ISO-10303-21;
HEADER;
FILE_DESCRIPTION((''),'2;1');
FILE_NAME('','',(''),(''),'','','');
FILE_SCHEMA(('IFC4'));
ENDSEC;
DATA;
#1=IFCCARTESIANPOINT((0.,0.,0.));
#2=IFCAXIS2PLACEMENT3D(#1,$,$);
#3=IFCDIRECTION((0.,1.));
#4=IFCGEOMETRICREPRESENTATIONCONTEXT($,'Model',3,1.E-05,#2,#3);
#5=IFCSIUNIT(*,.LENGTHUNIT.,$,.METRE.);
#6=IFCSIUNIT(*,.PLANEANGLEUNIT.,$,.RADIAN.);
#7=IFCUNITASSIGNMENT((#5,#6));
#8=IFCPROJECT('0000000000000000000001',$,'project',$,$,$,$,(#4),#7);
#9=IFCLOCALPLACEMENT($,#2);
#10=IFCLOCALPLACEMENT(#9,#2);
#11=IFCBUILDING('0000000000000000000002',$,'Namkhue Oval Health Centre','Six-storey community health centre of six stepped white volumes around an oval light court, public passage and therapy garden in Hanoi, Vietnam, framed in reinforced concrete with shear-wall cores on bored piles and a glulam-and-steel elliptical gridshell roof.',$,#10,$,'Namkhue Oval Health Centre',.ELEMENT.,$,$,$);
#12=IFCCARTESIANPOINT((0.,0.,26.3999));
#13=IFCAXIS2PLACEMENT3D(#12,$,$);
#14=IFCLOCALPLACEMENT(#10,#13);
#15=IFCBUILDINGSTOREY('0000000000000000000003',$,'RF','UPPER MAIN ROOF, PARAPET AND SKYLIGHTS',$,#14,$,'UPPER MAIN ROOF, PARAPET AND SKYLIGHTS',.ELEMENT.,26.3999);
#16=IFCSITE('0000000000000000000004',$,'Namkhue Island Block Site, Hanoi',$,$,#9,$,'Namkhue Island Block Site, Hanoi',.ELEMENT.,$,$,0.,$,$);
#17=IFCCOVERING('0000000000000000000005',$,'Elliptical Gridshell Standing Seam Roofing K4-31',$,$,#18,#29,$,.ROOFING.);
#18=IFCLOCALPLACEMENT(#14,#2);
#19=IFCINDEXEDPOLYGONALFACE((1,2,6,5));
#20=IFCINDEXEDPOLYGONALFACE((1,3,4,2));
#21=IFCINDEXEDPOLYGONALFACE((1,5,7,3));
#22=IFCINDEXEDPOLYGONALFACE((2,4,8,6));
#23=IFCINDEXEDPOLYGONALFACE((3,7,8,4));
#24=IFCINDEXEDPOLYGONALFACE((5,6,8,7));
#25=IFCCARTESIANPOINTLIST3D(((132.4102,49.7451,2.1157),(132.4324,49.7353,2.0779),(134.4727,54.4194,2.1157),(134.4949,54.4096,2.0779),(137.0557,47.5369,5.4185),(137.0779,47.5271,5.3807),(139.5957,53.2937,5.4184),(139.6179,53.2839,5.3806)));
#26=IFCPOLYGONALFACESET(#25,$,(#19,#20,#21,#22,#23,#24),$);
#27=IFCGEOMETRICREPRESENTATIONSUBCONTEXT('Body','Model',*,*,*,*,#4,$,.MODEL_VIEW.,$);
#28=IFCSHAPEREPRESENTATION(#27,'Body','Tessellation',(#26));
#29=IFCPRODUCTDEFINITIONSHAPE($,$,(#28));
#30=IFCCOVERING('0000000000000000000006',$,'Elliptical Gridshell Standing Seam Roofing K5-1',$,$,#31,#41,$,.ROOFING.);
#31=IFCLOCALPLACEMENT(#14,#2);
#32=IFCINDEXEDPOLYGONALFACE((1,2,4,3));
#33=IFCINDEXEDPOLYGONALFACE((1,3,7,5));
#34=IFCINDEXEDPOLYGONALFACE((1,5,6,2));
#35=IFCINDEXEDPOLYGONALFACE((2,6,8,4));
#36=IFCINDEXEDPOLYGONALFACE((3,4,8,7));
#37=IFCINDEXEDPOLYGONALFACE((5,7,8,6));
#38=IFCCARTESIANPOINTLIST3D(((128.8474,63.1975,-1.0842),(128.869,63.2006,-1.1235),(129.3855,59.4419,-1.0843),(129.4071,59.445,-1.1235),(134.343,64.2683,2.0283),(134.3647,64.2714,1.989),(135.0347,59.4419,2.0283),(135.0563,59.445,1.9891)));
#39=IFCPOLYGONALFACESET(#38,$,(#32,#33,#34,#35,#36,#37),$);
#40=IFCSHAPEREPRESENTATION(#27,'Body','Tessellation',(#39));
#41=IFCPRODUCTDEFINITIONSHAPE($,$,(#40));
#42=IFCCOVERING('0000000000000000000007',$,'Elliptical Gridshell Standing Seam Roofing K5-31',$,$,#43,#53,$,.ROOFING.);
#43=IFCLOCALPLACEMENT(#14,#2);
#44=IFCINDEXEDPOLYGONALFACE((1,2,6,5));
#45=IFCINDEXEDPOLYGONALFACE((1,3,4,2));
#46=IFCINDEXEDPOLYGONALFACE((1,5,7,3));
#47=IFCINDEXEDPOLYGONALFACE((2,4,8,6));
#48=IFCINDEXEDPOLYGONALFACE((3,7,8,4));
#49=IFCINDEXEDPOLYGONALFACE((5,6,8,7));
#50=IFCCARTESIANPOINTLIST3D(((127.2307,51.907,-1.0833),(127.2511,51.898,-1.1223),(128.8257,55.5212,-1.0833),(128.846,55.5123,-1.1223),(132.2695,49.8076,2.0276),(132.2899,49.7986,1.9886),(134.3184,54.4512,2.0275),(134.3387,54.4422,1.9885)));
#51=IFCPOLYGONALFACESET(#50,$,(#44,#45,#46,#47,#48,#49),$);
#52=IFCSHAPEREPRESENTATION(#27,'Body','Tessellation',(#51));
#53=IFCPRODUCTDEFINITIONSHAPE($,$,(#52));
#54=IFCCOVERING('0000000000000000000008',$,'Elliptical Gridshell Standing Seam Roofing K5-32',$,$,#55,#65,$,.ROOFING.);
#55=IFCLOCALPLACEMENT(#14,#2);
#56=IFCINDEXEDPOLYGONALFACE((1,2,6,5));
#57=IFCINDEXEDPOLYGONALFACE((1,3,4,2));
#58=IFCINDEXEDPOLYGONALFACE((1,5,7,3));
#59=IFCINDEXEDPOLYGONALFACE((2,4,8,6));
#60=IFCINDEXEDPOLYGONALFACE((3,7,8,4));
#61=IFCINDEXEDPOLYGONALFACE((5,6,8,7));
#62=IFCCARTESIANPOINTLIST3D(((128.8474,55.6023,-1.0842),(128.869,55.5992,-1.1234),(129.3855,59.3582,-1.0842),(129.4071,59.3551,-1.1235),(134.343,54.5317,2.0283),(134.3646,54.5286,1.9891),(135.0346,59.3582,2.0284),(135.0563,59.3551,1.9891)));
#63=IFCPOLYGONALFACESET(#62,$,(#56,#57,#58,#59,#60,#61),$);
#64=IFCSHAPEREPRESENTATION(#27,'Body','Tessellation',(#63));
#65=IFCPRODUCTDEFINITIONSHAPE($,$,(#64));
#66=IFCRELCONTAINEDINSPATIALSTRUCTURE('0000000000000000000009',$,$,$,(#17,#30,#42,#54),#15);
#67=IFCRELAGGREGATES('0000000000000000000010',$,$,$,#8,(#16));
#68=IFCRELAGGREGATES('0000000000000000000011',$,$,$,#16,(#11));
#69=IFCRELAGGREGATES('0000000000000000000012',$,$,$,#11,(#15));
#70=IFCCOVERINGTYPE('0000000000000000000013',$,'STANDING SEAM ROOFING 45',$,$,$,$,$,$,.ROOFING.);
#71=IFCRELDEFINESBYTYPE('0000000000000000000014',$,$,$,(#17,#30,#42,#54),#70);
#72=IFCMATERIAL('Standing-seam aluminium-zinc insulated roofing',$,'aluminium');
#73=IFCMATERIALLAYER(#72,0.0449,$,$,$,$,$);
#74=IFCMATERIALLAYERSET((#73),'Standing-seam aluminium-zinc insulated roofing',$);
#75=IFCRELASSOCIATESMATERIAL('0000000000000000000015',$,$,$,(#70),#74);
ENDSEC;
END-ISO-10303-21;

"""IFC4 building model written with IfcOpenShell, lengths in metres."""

from ifc_helpers import new_model, si_unit, direction, frame, origin, place, context, subcontext, project, spatial, polyline, outline, extrude, material, layer, layer_set, type_object, element, save


model = new_model("IFC4")

# Units and contexts
model_context = context("Model", 3, precision=1e-05, world=origin(), true_north=direction((0.0, 1.0)))
body_context = subcontext(model_context, "Body", "Model", "MODEL_VIEW")
ifc_project = project(units=[si_unit("LENGTHUNIT", "METRE"), si_unit("PLANEANGLEUNIT", "RADIAN")], contexts=[model_context])

# Site, building, storey
site_placement = place(None, origin())
site = spatial("IfcSite", under=ifc_project, at=site_placement, Name="Namkhue Island Block Site, Hanoi", LongName="Namkhue Island Block Site, Hanoi", CompositionType="ELEMENT", RefElevation=0.0)
building_placement = place(site_placement, origin())
building = spatial("IfcBuilding", under=site, at=building_placement, Name="Namkhue Oval Health Centre", Description="Six-storey community health centre of six stepped white volumes around an oval light court, public passage and therapy garden in Hanoi, Vietnam, framed in reinforced concrete with shear-wall cores on bored piles and a glulam-and-steel elliptical gridshell roof.", LongName="Namkhue Oval Health Centre", CompositionType="ELEMENT")
storey_placement = place(building_placement, frame((0.0, 0.0, 26.3999)))
storey = spatial("IfcBuildingStorey", under=building, at=storey_placement, Name="RF", Description="UPPER MAIN ROOF, PARAPET AND SKYLIGHTS", LongName="UPPER MAIN ROOF, PARAPET AND SKYLIGHTS", CompositionType="ELEMENT", Elevation=26.3999)

# Coverings
ifc_material_1 = material(Name="Standing-seam aluminium-zinc insulated roofing", Category="aluminium")
ifc_layer_1 = layer(ifc_material_1, 0.0449)
ifc_layer_set_1 = layer_set([ifc_layer_1], Name="Standing-seam aluminium-zinc insulated roofing")
covering_type_1 = type_object("IfcCoveringType", Name="STANDING SEAM ROOFING 45", PredefinedType="ROOFING", material=ifc_layer_set_1)
covering_1_placement = place(storey_placement, frame((137.0557, 47.5369, 5.4185), z_axis=(-0.494469, 0.218174, 0.841368), x_axis=(0.403677, 0.914902, -0.000003)))
element("IfcCovering", 1, at=covering_1_placement, inside=storey, type_object=covering_type_1, Name="Elliptical Gridshell Standing Seam Roofing K4-31", PredefinedType="ROOFING", context=body_context, shape_type="SweptSolid", body=[
    extrude(outline(polyline([(0.0, 0.0), (6.2923, 0.0), (5.2542, 6.1109), (0.1451, 6.111), (0.0, 0.0)])), origin(), (0.0, 0.0, -1.0), 0.0449),
])
covering_2_placement = place(storey_placement, frame((135.0347, 59.4419, 2.0283), z_axis=(-0.481428, -0.068985, 0.873766), x_axis=(-0.141853, 0.989888, -0.000005)))
element("IfcCovering", 2, at=covering_2_placement, inside=storey, type_object=covering_type_1, Name="Elliptical Gridshell Standing Seam Roofing K5-1", PredefinedType="ROOFING", context=body_context, shape_type="SweptSolid", body=[
    extrude(outline(polyline([(0.0, 0.0), (4.8757, 0.0), (4.5953, 6.3998), (0.8014, 6.3999), (0.0, 0.0)])), origin(), (0.0, 0.0, -1.0), 0.0449),
])
covering_3_placement = place(storey_placement, frame((132.2695, 49.8076, 2.0276), z_axis=(-0.453074, 0.199921, 0.868766), x_axis=(0.40368, 0.9149, -0.000013)))
element("IfcCovering", 3, at=covering_3_placement, inside=storey, type_object=covering_type_1, Name="Elliptical Gridshell Standing Seam Roofing K5-31", PredefinedType="ROOFING", context=body_context, shape_type="SweptSolid", body=[
    extrude(outline(polyline([(0.0, 0.0), (5.0755, 0.0), (3.8372, 6.2816), (-0.1133, 6.2818), (0.0, 0.0)])), origin(), (0.0, 0.0, -1.0), 0.0449),
])
covering_4_placement = place(storey_placement, frame((134.343, 54.5317, 2.0283), z_axis=(-0.48143, 0.068983, 0.873766), x_axis=(0.141852, 0.989888, 0.000007)))
element("IfcCovering", 4, at=covering_4_placement, inside=storey, type_object=covering_type_1, Name="Elliptical Gridshell Standing Seam Roofing K5-32", PredefinedType="ROOFING", context=body_context, shape_type="SweptSolid", body=[
    extrude(outline(polyline([(0.0, 0.0), (4.8757, 0.0), (4.0744, 6.3999), (0.2801, 6.3998), (0.0, 0.0)])), origin(), (0.0, 0.0, -1.0), 0.0449),
])

save(model, "model.ifc")
